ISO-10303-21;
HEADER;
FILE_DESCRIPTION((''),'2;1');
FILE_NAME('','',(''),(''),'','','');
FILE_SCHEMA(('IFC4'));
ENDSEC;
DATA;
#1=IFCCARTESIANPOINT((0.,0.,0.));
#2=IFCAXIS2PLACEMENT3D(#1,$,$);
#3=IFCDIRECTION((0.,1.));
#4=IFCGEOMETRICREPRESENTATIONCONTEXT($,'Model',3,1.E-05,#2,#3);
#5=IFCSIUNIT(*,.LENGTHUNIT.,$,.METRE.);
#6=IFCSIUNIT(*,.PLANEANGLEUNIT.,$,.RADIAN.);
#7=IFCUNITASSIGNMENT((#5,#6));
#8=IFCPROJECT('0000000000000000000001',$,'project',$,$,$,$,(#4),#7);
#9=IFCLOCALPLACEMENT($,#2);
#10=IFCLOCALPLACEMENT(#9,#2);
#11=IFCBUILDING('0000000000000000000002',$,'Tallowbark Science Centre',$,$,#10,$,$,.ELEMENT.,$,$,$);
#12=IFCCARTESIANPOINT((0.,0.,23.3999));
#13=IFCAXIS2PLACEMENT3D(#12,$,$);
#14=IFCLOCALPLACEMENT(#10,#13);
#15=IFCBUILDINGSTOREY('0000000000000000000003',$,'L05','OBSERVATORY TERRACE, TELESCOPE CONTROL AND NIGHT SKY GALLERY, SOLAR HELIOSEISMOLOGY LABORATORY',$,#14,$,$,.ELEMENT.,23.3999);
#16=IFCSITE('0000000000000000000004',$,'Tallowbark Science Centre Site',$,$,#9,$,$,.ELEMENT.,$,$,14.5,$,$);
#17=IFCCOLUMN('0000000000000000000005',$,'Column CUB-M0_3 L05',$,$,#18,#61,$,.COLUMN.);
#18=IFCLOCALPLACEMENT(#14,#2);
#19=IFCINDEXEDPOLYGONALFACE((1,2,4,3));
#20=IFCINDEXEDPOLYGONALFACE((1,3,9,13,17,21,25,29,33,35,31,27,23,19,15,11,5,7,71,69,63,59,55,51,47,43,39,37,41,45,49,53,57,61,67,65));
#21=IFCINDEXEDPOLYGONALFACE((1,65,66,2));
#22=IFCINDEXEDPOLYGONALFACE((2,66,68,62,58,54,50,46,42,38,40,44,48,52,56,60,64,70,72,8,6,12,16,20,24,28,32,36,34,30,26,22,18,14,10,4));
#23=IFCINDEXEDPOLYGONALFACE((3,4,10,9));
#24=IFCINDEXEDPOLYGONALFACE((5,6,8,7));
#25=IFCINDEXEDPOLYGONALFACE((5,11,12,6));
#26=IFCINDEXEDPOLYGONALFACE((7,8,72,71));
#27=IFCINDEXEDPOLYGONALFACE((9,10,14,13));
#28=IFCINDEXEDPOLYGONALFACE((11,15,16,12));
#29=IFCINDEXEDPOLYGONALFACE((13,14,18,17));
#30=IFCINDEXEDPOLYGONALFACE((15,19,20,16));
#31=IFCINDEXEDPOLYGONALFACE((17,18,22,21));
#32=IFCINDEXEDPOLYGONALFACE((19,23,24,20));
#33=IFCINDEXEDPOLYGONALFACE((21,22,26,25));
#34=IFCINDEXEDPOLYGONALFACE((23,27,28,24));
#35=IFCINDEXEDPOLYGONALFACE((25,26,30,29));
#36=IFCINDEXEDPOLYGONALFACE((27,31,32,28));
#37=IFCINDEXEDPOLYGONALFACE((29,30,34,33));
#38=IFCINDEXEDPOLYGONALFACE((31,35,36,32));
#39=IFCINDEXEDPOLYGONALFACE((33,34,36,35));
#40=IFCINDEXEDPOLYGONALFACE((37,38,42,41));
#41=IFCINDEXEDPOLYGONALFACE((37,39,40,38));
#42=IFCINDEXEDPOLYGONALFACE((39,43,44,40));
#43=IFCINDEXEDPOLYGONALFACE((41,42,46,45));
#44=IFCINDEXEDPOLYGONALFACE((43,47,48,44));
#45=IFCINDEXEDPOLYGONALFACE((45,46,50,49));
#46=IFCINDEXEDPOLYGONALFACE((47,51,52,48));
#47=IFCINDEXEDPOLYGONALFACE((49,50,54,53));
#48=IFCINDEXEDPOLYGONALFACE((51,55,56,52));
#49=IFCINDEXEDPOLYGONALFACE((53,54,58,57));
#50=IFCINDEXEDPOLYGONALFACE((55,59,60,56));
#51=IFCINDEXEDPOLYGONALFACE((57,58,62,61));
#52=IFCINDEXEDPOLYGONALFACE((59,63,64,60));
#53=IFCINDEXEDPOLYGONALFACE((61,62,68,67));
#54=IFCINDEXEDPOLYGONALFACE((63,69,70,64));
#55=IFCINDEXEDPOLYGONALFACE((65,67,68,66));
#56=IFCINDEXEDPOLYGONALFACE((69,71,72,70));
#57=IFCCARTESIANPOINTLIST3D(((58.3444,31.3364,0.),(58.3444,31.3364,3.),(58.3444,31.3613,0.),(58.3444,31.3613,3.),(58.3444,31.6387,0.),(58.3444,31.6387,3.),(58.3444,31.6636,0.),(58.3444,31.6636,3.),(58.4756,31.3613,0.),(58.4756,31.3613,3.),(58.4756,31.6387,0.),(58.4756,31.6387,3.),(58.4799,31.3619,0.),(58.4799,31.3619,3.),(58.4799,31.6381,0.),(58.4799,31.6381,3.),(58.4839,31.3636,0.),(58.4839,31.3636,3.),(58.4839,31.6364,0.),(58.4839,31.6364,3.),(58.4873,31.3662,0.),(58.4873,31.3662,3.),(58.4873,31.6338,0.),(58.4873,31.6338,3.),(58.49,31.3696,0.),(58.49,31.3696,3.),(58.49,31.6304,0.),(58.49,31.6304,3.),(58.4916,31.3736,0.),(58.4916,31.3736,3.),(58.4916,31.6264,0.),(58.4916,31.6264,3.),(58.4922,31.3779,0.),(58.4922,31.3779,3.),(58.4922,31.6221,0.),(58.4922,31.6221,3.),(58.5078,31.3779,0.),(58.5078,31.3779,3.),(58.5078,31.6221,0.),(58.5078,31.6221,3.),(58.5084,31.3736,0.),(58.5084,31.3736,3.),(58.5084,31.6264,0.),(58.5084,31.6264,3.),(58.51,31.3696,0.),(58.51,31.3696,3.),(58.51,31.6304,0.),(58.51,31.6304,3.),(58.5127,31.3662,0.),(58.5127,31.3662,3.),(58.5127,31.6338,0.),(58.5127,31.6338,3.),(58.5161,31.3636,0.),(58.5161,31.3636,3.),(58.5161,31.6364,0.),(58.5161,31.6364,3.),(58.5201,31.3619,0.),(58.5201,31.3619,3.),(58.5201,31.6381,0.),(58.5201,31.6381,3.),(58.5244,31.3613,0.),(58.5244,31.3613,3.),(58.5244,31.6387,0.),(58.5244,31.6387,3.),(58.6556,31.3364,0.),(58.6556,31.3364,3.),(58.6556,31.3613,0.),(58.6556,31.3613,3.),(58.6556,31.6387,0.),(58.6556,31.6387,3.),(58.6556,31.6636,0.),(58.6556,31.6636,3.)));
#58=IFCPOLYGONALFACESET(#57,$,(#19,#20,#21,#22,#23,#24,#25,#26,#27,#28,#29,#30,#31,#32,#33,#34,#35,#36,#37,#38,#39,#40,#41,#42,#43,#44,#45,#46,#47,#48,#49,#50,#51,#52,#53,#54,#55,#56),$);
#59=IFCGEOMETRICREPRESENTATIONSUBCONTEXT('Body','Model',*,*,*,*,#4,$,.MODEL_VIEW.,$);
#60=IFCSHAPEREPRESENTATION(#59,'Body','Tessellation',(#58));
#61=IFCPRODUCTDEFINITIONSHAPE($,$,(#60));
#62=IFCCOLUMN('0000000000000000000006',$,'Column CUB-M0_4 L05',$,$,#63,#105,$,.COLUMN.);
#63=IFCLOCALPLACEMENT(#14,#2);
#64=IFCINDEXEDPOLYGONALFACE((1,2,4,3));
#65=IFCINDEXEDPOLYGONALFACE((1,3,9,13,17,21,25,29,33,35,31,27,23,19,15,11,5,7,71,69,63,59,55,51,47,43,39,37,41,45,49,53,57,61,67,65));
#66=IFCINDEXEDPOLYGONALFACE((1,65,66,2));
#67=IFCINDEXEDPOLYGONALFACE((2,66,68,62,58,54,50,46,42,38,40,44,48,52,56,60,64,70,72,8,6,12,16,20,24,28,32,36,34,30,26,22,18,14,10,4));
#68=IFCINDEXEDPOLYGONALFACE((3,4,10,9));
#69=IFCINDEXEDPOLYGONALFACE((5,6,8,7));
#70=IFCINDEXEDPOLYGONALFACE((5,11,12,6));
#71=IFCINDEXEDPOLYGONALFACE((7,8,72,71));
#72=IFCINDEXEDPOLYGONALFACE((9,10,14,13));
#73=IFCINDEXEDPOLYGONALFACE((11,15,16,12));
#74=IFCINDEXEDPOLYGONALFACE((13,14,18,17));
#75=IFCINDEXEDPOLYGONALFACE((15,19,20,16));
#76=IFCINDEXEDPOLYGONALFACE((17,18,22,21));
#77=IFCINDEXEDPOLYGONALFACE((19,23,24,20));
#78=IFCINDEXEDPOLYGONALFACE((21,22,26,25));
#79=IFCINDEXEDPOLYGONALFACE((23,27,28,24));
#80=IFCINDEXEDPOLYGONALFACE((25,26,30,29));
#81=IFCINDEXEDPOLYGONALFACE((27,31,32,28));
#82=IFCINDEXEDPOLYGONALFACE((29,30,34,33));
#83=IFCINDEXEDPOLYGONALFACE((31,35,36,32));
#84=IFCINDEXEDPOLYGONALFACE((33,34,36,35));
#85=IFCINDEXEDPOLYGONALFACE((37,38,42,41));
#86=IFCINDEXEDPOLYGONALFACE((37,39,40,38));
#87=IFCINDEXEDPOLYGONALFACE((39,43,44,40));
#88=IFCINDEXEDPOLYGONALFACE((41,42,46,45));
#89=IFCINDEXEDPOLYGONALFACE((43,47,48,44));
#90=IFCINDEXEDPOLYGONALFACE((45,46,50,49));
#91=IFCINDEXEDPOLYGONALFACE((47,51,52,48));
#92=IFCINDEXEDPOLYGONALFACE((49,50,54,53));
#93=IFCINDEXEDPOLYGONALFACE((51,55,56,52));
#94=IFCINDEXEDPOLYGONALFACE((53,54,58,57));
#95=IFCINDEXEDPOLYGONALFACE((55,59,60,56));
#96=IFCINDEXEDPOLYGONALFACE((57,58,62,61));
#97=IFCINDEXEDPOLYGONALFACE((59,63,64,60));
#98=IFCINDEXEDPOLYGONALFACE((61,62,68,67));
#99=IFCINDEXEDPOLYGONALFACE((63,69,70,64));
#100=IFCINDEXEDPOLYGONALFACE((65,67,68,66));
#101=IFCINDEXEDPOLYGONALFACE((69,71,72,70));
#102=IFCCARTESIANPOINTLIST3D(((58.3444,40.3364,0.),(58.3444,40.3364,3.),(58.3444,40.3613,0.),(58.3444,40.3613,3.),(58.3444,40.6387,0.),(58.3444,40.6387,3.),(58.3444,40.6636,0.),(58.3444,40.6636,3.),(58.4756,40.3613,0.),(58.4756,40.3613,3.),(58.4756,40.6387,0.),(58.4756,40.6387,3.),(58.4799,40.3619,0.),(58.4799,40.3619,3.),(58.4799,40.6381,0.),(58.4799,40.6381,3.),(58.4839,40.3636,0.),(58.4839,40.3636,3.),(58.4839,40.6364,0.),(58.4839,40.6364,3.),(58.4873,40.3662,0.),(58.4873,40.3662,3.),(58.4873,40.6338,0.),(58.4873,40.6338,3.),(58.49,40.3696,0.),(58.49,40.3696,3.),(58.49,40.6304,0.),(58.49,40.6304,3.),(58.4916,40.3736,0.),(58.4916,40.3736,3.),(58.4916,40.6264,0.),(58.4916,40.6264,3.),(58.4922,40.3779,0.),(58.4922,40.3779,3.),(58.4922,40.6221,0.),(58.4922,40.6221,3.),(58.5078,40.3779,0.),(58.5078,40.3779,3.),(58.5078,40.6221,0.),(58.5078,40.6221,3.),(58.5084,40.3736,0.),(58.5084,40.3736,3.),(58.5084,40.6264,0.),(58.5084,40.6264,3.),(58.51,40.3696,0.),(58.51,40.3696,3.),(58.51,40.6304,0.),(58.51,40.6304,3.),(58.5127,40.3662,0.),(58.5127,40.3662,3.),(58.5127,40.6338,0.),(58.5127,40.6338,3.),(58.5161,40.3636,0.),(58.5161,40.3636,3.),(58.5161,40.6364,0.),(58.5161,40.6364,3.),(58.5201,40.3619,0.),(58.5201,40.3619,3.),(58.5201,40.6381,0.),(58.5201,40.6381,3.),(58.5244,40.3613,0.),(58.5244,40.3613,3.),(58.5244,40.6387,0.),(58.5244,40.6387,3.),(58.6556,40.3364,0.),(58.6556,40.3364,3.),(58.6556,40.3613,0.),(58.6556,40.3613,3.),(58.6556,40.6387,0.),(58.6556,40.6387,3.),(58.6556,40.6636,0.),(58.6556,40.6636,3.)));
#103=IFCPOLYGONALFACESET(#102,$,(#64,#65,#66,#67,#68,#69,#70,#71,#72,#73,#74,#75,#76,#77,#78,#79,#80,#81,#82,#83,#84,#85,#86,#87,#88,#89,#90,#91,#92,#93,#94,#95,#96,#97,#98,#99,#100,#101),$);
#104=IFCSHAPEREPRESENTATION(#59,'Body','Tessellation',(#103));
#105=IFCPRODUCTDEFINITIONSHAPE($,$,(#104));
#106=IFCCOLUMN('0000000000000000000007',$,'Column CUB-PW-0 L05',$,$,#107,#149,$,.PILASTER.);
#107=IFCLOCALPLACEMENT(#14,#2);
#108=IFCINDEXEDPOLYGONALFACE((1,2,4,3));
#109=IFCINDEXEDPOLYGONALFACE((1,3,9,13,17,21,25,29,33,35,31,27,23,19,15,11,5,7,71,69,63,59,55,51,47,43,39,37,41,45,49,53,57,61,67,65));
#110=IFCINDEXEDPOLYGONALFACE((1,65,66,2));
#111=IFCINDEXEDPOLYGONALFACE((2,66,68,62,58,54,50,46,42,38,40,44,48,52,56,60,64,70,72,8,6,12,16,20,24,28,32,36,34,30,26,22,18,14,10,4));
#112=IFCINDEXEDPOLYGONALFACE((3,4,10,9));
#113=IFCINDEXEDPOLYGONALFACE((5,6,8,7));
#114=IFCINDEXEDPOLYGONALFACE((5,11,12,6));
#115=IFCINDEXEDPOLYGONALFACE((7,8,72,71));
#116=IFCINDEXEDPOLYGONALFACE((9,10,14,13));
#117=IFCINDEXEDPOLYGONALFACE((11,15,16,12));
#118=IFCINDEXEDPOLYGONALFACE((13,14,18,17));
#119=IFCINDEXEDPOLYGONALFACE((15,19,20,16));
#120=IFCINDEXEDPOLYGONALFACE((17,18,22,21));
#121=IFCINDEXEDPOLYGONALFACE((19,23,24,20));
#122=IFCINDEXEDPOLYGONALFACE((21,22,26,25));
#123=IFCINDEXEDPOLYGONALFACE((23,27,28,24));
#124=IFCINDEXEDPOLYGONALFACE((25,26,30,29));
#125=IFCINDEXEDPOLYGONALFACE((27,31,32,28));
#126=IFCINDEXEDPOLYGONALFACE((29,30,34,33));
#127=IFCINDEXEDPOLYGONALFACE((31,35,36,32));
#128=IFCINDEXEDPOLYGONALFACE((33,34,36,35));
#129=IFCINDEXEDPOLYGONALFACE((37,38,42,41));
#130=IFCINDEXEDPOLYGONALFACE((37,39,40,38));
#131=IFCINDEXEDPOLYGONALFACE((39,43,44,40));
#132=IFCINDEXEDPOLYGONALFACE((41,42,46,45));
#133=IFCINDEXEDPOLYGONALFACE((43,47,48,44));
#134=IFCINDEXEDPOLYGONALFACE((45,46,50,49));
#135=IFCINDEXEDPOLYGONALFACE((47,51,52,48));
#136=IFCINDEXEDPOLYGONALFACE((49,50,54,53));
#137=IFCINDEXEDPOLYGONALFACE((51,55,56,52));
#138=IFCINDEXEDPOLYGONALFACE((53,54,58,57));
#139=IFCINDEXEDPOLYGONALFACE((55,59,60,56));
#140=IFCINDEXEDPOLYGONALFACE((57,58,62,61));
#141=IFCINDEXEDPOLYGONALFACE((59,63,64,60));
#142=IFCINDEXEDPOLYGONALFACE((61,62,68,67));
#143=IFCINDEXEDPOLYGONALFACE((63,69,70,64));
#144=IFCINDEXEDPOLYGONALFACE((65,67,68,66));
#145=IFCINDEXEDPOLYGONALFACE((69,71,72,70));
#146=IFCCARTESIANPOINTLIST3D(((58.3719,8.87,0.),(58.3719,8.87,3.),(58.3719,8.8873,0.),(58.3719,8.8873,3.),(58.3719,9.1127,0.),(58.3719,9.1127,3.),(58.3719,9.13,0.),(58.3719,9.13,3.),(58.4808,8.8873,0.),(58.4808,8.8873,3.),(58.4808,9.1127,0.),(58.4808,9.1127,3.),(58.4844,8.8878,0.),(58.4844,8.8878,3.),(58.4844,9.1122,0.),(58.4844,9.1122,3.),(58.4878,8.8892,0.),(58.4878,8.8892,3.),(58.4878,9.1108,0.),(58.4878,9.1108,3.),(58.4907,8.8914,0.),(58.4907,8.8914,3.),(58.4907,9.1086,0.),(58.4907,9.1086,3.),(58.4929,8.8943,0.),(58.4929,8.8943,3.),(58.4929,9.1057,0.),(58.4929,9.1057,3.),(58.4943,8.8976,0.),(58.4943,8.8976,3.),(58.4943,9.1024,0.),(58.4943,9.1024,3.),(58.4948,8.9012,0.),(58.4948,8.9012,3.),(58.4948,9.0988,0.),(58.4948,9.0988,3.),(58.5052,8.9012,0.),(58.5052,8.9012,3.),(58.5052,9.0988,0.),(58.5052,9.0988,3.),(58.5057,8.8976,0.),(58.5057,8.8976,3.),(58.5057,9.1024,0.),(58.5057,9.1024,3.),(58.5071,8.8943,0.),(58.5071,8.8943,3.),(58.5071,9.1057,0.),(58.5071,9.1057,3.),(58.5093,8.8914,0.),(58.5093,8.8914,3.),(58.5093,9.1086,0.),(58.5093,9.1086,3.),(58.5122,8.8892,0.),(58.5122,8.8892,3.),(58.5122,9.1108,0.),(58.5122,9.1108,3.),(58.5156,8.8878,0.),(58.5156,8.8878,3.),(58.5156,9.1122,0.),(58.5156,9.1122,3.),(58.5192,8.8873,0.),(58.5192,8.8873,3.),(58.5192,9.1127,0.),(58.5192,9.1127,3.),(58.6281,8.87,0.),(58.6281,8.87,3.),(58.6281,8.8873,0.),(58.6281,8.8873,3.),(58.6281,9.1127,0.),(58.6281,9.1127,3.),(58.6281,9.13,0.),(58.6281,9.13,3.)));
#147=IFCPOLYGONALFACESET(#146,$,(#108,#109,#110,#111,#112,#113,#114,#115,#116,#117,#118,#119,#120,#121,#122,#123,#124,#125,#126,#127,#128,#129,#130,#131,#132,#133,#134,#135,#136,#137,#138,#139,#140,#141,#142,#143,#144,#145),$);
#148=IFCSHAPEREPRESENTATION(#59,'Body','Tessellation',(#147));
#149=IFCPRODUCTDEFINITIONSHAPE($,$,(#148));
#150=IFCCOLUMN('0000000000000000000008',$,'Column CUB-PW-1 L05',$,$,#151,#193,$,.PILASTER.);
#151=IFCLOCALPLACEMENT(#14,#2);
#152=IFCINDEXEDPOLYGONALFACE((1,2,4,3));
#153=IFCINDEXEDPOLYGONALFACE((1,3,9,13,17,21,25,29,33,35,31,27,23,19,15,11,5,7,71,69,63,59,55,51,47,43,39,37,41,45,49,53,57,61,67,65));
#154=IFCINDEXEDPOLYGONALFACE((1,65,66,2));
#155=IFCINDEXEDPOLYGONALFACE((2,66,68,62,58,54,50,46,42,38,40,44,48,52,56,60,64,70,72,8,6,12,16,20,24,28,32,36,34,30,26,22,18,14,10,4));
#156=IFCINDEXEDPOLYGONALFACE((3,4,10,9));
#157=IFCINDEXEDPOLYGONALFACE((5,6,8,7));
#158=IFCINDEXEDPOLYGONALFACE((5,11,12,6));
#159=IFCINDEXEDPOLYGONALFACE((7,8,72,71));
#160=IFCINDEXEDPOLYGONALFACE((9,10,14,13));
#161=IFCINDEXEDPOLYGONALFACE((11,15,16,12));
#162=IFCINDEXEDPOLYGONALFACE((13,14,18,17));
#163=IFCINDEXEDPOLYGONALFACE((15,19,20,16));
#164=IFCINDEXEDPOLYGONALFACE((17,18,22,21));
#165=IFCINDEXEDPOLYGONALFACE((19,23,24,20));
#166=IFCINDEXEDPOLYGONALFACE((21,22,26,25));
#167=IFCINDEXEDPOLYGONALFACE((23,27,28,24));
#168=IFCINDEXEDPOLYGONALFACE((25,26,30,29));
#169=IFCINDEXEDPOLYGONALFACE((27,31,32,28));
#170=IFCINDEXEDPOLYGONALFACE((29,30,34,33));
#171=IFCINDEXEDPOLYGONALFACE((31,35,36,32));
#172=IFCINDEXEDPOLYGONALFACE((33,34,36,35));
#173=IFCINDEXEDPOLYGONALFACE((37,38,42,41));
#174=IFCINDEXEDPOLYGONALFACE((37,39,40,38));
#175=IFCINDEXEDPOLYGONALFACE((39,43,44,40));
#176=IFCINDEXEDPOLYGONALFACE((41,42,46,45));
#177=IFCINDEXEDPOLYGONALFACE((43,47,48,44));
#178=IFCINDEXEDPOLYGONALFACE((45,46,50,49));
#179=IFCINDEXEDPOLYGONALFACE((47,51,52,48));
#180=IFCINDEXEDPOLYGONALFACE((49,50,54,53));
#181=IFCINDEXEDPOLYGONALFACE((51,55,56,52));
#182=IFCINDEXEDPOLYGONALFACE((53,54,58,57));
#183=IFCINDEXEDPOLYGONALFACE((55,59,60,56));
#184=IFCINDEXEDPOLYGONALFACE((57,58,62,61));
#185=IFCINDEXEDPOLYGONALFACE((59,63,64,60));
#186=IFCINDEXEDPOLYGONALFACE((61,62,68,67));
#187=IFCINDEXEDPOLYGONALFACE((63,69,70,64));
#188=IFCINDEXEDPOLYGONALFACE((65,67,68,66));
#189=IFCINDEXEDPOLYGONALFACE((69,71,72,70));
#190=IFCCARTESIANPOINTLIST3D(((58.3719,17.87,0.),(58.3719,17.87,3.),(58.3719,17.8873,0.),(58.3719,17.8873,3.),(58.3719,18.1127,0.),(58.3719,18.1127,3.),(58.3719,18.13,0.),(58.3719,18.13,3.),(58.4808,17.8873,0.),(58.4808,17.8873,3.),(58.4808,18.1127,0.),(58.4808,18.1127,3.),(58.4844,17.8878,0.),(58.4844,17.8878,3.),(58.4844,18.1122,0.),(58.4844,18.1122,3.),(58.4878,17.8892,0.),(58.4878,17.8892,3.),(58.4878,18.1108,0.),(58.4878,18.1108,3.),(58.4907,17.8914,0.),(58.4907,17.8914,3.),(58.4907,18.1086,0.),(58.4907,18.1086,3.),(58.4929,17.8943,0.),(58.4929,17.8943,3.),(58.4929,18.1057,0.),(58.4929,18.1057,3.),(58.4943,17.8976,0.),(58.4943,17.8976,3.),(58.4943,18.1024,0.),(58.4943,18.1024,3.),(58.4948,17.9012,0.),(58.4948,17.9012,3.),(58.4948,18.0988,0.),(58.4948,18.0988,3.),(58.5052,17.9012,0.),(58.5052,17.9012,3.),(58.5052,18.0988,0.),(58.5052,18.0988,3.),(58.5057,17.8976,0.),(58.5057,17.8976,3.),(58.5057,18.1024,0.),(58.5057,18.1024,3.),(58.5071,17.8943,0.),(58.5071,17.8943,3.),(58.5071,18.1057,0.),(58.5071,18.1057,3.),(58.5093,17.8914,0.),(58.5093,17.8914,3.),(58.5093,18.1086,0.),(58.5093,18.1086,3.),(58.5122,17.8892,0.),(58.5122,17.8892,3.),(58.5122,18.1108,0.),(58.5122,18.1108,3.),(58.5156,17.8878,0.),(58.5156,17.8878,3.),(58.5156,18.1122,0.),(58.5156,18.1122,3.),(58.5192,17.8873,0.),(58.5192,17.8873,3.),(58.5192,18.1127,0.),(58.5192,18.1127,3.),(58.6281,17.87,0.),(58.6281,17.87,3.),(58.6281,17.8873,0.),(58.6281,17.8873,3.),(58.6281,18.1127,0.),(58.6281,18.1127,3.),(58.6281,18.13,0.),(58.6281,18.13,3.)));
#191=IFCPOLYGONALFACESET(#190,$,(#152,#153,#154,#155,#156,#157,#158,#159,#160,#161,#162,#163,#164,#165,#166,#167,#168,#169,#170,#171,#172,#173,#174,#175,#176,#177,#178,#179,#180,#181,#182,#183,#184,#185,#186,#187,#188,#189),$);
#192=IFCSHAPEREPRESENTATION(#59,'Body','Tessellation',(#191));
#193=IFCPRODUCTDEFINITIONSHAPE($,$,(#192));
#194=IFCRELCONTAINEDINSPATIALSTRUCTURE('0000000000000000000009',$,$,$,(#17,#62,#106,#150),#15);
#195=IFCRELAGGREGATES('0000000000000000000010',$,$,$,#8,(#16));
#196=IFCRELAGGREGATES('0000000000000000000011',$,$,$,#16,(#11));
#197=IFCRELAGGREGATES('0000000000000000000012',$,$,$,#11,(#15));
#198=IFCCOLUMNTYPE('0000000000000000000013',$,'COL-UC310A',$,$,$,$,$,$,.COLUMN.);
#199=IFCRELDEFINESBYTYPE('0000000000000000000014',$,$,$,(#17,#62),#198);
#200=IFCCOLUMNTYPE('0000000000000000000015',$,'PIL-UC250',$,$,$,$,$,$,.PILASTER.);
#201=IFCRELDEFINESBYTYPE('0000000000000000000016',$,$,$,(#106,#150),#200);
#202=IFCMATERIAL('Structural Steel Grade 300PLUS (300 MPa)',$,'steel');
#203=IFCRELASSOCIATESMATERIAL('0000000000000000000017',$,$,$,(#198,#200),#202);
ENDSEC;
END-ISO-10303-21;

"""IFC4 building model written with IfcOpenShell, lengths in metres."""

from ifc_helpers import new_model, si_unit, direction, frame, origin, origin_2d, place, context, subcontext, project, spatial, i_section, extrude, material, material_profile, profile_set, type_object, element, save


model = new_model("IFC4")

# Units and contexts
model_context = context("Model", 3, precision=1e-05, world=origin(), true_north=direction((0.0, 1.0)))
body_context = subcontext(model_context, "Body", "Model", "MODEL_VIEW")
ifc_project = project(units=[si_unit("LENGTHUNIT", "METRE"), si_unit("PLANEANGLEUNIT", "RADIAN")], contexts=[model_context])

# Site, building, storey
site_placement = place(None, origin())
site = spatial("IfcSite", under=ifc_project, at=site_placement, Name="Tallowbark Science Centre Site", CompositionType="ELEMENT", RefElevation=14.5)
building_placement = place(site_placement, origin())
building = spatial("IfcBuilding", under=site, at=building_placement, Name="Tallowbark Science Centre", CompositionType="ELEMENT")
storey_placement = place(building_placement, frame((0.0, 0.0, 23.3999)))
storey = spatial("IfcBuildingStorey", under=building, at=storey_placement, Name="L05", Description="OBSERVATORY TERRACE, TELESCOPE CONTROL AND NIGHT SKY GALLERY, SOLAR HELIOSEISMOLOGY LABORATORY", CompositionType="ELEMENT", Elevation=23.3999)

# Columns
ifc_material_1 = material(Name="Structural Steel Grade 300PLUS (300 MPa)", Category="steel")
ifc_material_profile_1 = material_profile(ifc_material_1, i_section(OverallWidth=0.3113, OverallDepth=0.3271, WebThickness=0.0156, FlangeThickness=0.0249, FilletRadius=0.0166, at=origin_2d()), Name="310UC158")
ifc_profile_set_1 = profile_set([ifc_material_profile_1], Name="Structural Steel Grade 300PLUS (300 MPa)")
column_type_1 = type_object("IfcColumnType", Name="COL-UC310A", PredefinedType="COLUMN", material=ifc_profile_set_1)
for number, where, z_axis, x_axis, name in (
    (1, (58.5, 31.5, 0.0), (0.0, 0.0, 1.0), (1.0, 0.0, 0.0), "Column CUB-M0_3 L05"),
    (2, (58.5, 40.5, 0.0), (0.0, 0.0, 1.0), (1.0, 0.0, 0.0), "Column CUB-M0_4 L05"),
):
    element("IfcColumn", number, at=place(storey_placement, frame(where, z_axis=z_axis, x_axis=x_axis)), inside=storey, type_object=column_type_1, Name=name, PredefinedType="COLUMN", context=body_context, shape_type="SweptSolid", body=[
        extrude(i_section(OverallWidth=0.3113, OverallDepth=0.3271, WebThickness=0.0156, FlangeThickness=0.0249, FilletRadius=0.0166, at=origin_2d()), origin(), (0.0, 0.0, 1.0), 3.0),
    ])
ifc_material_profile_2 = material_profile(ifc_material_1, i_section(OverallWidth=0.2561, OverallDepth=0.26, WebThickness=0.0105, FlangeThickness=0.0173, FilletRadius=0.0139, at=origin_2d()), Name="250UC89.5")
ifc_profile_set_2 = profile_set([ifc_material_profile_2], Name="Structural Steel Grade 300PLUS (300 MPa)")
column_type_2 = type_object("IfcColumnType", Name="PIL-UC250", PredefinedType="PILASTER", material=ifc_profile_set_2)
for number, where, z_axis, x_axis, name in (
    (3, (58.5, 9.0, 0.0), (0.0, 0.0, 1.0), (1.0, 0.0, 0.0), "Column CUB-PW-0 L05"),
    (4, (58.5, 18.0, 0.0), (0.0, 0.0, 1.0), (1.0, 0.0, 0.0), "Column CUB-PW-1 L05"),
):
    element("IfcColumn", number, at=place(storey_placement, frame(where, z_axis=z_axis, x_axis=x_axis)), inside=storey, type_object=column_type_2, Name=name, PredefinedType="PILASTER", context=body_context, shape_type="SweptSolid", body=[
        extrude(i_section(OverallWidth=0.2561, OverallDepth=0.26, WebThickness=0.0105, FlangeThickness=0.0173, FilletRadius=0.0139, at=origin_2d()), origin(), (0.0, 0.0, 1.0), 3.0),
    ])

save(model, "model.ifc")
